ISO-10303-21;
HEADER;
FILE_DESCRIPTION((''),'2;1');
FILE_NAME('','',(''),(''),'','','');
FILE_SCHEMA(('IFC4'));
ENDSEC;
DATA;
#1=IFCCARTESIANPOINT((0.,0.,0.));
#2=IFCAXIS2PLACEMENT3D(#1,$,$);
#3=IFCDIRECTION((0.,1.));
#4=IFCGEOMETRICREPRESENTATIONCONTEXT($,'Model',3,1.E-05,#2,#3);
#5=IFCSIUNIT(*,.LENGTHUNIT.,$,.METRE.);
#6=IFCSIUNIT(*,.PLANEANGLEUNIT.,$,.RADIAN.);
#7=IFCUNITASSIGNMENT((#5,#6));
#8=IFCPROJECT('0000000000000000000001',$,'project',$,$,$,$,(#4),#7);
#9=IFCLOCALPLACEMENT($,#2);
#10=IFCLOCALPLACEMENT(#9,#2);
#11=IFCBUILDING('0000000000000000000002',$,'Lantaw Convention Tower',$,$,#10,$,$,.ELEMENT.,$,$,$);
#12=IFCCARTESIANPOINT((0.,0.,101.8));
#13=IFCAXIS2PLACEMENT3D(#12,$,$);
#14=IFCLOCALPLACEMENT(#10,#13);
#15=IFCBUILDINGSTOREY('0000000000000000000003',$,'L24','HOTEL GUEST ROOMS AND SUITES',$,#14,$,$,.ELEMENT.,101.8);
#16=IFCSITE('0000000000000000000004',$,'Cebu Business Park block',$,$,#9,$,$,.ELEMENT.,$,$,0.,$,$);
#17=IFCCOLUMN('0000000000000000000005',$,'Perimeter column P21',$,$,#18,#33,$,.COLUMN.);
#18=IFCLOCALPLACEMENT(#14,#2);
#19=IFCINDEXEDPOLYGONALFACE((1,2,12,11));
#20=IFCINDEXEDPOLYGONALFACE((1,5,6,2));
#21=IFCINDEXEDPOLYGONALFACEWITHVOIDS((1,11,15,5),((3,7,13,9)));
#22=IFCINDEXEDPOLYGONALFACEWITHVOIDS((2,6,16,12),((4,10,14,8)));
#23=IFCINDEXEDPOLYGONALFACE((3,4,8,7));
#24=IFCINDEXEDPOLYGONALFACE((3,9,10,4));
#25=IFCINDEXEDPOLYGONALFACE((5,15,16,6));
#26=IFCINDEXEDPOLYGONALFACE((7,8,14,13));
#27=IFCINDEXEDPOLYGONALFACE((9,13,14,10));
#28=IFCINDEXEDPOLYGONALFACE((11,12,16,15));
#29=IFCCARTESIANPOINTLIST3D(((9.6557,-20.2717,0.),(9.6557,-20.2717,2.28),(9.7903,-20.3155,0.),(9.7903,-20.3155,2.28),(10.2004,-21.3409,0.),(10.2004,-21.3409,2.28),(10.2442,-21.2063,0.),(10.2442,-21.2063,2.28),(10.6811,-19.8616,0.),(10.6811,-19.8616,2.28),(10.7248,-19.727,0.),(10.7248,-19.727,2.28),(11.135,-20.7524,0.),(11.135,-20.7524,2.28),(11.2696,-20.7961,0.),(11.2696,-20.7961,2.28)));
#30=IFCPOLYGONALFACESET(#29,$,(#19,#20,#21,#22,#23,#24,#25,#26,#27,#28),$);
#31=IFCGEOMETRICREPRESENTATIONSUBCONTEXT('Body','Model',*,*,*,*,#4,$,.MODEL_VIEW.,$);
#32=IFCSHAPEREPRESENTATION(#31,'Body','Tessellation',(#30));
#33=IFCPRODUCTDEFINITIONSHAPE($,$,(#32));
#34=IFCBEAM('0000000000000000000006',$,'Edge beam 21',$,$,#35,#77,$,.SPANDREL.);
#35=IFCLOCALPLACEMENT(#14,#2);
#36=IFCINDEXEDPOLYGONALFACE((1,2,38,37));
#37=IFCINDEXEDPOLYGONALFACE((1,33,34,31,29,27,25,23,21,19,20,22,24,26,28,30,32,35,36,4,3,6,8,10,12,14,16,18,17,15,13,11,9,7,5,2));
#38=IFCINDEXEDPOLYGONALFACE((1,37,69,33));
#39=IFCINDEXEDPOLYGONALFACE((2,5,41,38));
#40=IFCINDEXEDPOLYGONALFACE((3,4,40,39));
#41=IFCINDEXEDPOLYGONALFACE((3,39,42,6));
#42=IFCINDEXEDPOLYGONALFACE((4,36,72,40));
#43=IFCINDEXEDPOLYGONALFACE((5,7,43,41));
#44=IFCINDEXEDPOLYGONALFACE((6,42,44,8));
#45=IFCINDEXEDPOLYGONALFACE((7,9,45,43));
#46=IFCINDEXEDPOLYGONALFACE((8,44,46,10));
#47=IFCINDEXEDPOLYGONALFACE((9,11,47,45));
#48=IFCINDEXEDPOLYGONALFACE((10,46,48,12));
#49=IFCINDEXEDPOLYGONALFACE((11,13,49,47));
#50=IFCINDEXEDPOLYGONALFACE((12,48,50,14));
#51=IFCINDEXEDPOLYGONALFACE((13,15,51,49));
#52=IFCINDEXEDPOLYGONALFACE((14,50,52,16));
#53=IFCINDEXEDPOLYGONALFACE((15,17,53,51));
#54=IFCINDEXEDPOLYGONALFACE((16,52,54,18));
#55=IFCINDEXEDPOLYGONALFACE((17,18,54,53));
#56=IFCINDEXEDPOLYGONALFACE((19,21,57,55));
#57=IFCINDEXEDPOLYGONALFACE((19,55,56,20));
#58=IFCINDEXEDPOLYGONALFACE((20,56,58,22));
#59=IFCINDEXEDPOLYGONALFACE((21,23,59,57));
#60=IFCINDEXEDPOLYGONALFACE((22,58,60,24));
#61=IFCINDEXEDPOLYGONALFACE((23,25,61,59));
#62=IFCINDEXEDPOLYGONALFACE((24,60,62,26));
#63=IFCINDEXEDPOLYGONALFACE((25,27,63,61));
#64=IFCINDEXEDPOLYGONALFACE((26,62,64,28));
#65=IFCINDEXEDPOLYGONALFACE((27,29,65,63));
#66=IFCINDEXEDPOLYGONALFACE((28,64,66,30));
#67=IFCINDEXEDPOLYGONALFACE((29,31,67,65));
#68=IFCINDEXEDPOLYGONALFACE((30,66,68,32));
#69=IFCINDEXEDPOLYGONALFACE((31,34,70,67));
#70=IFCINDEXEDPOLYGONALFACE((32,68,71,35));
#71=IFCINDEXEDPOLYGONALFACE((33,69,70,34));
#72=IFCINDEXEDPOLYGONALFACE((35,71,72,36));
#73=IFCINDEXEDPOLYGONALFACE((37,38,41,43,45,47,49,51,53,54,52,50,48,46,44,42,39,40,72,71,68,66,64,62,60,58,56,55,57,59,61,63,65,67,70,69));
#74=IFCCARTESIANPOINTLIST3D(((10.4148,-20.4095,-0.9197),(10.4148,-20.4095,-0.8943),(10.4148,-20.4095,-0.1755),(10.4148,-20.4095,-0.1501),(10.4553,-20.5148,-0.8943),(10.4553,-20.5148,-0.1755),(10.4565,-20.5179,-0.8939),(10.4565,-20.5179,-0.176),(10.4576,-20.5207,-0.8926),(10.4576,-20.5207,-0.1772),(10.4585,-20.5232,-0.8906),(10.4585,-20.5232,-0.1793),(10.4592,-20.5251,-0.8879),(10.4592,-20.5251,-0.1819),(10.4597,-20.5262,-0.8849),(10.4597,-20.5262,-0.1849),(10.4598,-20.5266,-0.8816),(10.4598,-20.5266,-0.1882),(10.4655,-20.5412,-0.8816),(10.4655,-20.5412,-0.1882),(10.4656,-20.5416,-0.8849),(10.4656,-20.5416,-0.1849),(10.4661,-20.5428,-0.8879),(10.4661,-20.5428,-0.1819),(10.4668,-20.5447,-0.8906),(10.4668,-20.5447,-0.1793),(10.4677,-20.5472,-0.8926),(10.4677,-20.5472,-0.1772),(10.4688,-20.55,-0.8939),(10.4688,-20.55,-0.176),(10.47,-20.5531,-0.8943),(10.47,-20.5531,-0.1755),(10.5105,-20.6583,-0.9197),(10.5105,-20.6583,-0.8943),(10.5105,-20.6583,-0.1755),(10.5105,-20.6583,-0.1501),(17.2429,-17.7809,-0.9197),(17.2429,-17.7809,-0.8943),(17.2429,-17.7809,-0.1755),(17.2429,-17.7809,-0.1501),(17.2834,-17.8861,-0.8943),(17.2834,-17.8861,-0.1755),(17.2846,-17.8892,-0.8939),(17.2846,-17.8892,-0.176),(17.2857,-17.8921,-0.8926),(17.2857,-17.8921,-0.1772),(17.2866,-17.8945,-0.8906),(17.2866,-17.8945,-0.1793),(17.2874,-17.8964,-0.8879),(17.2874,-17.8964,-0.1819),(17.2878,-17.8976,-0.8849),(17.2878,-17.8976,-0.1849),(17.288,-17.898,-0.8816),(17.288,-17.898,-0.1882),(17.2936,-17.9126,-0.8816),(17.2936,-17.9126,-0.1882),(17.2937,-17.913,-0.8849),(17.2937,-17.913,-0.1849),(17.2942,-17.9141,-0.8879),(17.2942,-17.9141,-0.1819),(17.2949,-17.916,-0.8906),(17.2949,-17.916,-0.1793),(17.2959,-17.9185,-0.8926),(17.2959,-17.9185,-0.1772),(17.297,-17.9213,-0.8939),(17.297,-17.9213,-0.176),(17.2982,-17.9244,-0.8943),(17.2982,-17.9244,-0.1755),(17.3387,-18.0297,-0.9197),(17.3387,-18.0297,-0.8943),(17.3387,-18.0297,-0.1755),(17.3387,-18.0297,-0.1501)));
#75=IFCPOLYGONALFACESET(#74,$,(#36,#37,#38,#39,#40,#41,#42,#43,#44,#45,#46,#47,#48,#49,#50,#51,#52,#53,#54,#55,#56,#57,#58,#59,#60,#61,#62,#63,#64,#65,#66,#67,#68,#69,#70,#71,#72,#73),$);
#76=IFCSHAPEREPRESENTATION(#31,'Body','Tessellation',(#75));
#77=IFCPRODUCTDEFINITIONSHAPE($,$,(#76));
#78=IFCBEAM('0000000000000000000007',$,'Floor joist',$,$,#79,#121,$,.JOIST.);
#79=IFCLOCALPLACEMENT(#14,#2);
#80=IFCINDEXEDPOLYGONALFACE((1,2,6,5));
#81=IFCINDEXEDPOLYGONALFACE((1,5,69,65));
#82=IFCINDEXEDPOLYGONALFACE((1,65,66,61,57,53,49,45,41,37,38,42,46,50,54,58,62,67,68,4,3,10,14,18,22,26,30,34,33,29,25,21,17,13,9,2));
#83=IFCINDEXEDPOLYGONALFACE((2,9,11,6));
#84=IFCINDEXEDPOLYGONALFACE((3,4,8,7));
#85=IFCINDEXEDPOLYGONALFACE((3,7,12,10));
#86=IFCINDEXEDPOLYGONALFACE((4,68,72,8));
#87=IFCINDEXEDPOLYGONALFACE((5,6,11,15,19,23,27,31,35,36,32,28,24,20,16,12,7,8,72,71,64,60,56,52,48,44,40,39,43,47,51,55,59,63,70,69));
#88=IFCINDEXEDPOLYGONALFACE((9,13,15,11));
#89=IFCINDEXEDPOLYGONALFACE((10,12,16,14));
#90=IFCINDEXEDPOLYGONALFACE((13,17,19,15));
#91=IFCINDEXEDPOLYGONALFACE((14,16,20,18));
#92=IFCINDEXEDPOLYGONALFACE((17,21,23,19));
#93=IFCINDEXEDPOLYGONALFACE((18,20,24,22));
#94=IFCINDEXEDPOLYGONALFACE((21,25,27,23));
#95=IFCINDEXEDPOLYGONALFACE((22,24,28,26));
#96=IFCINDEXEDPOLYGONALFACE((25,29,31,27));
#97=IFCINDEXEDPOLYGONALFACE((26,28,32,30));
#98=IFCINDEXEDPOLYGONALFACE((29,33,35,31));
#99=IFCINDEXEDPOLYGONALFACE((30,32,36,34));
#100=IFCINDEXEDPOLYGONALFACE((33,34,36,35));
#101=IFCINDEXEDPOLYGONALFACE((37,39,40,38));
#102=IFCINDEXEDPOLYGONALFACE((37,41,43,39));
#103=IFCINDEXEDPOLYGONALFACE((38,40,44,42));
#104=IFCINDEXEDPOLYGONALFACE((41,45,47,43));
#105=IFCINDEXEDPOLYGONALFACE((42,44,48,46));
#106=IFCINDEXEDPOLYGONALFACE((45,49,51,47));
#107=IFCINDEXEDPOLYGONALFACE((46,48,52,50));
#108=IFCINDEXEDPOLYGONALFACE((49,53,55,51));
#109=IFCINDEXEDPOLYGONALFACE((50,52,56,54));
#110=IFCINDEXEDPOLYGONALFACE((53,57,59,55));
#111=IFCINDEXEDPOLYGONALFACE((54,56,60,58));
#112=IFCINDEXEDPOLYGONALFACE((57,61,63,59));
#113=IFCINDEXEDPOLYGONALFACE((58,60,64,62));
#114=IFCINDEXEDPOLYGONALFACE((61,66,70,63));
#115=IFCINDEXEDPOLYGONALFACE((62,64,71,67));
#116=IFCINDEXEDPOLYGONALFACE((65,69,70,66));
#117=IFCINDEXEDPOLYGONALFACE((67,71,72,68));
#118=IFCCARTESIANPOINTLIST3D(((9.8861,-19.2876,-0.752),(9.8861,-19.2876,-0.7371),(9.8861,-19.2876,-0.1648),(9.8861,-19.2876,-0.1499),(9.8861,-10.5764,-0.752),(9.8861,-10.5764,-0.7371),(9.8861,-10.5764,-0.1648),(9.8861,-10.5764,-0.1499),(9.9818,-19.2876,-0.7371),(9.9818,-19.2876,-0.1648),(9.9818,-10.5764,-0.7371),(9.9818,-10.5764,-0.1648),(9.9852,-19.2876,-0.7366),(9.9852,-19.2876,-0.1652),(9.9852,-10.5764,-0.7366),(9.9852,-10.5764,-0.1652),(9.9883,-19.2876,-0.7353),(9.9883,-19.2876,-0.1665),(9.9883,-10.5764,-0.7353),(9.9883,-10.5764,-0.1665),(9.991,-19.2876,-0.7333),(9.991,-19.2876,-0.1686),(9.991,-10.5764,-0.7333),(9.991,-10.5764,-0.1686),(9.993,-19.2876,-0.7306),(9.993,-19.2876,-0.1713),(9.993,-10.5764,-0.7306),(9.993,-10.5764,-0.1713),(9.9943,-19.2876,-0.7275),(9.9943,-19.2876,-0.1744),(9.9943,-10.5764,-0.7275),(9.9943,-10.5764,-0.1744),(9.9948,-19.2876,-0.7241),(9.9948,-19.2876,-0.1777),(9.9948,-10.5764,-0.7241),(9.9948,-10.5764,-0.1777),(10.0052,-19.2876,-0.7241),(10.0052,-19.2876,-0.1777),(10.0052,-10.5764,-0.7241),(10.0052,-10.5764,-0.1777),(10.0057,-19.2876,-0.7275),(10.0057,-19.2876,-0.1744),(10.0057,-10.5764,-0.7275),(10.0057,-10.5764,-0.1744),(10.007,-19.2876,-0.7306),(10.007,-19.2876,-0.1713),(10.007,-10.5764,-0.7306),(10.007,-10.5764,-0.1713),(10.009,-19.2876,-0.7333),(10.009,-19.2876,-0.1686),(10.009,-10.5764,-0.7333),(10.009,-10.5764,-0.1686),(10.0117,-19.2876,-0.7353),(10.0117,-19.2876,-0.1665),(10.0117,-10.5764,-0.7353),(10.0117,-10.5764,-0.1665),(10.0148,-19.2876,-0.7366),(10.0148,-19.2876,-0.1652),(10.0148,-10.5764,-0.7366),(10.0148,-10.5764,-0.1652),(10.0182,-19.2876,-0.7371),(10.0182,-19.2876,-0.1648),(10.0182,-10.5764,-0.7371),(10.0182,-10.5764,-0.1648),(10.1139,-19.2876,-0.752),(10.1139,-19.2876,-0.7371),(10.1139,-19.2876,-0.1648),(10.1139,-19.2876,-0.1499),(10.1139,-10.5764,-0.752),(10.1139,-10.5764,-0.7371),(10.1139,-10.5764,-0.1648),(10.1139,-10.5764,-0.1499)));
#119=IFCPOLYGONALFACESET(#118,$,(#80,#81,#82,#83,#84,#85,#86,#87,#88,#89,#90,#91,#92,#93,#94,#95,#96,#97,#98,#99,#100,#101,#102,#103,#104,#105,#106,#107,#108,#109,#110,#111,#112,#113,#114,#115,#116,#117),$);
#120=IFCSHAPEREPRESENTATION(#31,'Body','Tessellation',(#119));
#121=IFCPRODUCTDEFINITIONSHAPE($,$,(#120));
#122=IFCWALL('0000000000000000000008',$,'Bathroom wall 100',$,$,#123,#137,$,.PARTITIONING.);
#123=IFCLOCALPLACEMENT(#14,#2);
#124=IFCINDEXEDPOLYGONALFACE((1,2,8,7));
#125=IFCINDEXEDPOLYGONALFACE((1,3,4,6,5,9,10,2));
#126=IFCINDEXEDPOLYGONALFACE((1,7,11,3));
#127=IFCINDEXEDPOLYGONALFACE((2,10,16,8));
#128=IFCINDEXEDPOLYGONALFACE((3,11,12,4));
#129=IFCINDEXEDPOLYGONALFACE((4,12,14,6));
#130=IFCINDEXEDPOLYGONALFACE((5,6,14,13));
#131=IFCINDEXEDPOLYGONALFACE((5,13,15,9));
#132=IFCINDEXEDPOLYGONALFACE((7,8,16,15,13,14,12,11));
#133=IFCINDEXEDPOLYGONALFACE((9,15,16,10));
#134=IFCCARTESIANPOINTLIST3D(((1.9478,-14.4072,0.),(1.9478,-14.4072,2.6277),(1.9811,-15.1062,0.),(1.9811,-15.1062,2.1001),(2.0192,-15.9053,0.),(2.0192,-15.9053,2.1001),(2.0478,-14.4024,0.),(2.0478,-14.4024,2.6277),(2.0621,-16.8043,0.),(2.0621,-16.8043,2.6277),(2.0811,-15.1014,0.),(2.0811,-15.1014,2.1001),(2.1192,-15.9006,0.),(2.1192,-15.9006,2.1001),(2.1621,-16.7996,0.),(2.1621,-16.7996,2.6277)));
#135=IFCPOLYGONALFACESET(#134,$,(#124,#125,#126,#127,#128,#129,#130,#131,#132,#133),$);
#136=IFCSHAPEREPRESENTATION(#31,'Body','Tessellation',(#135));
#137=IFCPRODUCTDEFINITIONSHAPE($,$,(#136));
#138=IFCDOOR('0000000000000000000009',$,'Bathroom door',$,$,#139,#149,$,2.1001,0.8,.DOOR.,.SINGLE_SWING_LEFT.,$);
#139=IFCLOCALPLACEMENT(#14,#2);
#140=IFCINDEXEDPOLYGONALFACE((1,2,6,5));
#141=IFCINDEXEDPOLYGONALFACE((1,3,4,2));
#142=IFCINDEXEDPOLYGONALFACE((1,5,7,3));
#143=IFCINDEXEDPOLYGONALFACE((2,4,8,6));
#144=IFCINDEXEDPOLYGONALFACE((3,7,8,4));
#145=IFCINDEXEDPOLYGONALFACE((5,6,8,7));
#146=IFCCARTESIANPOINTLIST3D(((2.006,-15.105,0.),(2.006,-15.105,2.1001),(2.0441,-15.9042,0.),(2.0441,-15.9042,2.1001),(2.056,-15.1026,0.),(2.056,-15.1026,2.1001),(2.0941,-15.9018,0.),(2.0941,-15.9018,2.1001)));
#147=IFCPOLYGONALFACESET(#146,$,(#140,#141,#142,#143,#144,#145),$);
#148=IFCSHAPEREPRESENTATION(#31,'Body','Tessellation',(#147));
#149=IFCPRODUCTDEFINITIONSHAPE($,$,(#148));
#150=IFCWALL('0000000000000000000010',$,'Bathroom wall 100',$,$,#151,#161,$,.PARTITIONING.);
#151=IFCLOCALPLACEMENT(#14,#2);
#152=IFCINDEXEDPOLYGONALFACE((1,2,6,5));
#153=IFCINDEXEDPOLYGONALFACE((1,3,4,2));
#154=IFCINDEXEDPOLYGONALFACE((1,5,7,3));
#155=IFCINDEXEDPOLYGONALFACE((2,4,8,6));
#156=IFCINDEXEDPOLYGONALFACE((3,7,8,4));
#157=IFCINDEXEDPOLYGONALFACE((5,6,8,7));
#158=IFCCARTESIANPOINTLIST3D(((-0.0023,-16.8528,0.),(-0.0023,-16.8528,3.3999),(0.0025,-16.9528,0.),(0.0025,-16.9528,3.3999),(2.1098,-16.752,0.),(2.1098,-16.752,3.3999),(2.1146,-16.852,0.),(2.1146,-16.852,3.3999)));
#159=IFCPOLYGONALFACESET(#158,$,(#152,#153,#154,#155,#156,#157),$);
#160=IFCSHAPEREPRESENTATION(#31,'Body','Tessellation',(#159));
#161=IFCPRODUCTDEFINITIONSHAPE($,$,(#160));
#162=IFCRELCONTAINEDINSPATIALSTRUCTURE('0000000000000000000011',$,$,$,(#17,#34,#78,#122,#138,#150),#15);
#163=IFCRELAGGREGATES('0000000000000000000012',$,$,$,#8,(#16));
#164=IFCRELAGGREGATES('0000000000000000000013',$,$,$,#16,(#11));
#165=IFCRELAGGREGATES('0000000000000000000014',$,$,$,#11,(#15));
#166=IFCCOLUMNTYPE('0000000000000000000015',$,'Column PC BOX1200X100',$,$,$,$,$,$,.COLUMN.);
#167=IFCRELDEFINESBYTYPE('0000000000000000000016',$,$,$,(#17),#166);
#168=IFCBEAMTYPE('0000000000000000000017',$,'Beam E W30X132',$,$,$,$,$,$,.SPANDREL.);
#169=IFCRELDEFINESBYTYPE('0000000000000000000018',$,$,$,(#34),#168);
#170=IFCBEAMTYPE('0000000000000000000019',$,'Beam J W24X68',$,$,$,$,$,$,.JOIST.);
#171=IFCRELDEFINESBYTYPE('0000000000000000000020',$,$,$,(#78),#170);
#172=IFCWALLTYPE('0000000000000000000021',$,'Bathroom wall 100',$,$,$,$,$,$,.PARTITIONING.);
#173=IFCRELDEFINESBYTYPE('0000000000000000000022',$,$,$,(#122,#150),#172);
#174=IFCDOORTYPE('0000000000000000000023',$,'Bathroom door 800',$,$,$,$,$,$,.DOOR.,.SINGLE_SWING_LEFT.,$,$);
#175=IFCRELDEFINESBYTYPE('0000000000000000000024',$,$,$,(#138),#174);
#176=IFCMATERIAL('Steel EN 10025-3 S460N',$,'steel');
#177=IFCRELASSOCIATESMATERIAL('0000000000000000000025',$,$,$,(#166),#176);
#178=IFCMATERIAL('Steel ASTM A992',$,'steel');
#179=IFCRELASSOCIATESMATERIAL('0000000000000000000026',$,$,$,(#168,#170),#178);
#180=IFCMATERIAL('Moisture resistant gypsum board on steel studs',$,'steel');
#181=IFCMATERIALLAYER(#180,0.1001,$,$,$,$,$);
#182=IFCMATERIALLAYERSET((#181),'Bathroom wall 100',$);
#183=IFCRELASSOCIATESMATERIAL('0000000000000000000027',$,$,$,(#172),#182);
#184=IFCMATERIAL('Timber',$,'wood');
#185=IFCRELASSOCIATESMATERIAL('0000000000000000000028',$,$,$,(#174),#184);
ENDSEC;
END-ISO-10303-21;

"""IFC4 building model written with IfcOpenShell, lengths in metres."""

from ifc_helpers import new_model, si_unit, direction, frame, frame_2d, origin, origin_2d, place, context, subcontext, project, spatial, rectangle, hollow_rectangle, i_section, extrude, material, layer, layer_set, material_profile, profile_set, type_object, element, fill, save


model = new_model("IFC4")

# Units and contexts
model_context = context("Model", 3, precision=1e-05, world=origin(), true_north=direction((0.0, 1.0)))
body_context = subcontext(model_context, "Body", "Model", "MODEL_VIEW")
ifc_project = project(units=[si_unit("LENGTHUNIT", "METRE"), si_unit("PLANEANGLEUNIT", "RADIAN")], contexts=[model_context])

# Site, building, storey
site_placement = place(None, origin())
site = spatial("IfcSite", under=ifc_project, at=site_placement, Name="Cebu Business Park block", CompositionType="ELEMENT", RefElevation=0.0)
building_placement = place(site_placement, origin())
building = spatial("IfcBuilding", under=site, at=building_placement, Name="Lantaw Convention Tower", CompositionType="ELEMENT")
storey_placement = place(building_placement, frame((0.0, 0.0, 101.8)))
storey = spatial("IfcBuildingStorey", under=building, at=storey_placement, Name="L24", Description="HOTEL GUEST ROOMS AND SUITES", CompositionType="ELEMENT", Elevation=101.8)

# Column
ifc_material_1 = material(Name="Steel EN 10025-3 S460N", Category="steel")
ifc_material_profile_1 = material_profile(ifc_material_1, hollow_rectangle(XDim=1.2, YDim=1.2, WallThickness=0.1001, at=origin_2d()), Name="BOX1200X100")
ifc_material_2 = material(Name="Concrete C60/75", Category="concrete")
ifc_material_profile_2 = material_profile(ifc_material_2, rectangle(XDim=1.0, YDim=1.0, at=origin_2d()), Name="Concrete fill of BOX1200X100")
ifc_profile_set_1 = profile_set([ifc_material_profile_1, ifc_material_profile_2], Name="Steel EN 10025-3 S460N")
column_type = type_object("IfcColumnType", Name="Column PC BOX1200X100", PredefinedType="COLUMN", material=ifc_profile_set_1)
column_placement = place(storey_placement, frame((10.4626, -20.5339, 0.0), z_axis=(0.0, 0.0, 1.0), x_axis=(0.891007, 0.45399, 0.0)))
element("IfcColumn", 1, at=column_placement, inside=storey, type_object=column_type, Name="Perimeter column P21", PredefinedType="COLUMN", context=body_context, shape_type="SweptSolid", body=[
    extrude(hollow_rectangle(XDim=1.2, YDim=1.2, WallThickness=0.1001, at=origin_2d()), origin(), (0.0, 0.0, 1.0), 2.28),
])

# Beams
ifc_material_3 = material(Name="Steel ASTM A992", Category="steel")
ifc_material_profile_3 = material_profile(ifc_material_3, i_section(OverallWidth=0.2666, OverallDepth=0.7695, WebThickness=0.0156, FlangeThickness=0.0254, FilletRadius=0.0127, at=origin_2d()), Name="W30X132")
ifc_profile_set_2 = profile_set([ifc_material_profile_3], Name="Steel ASTM A992")
beam_type_1 = type_object("IfcBeamType", Name="Beam E W30X132", PredefinedType="SPANDREL", material=ifc_profile_set_2)
beam_1_placement = place(storey_placement, frame((10.4626, -20.5339, -0.5349), z_axis=(0.933233, 0.359272, 0.0), x_axis=(-0.359272, 0.933233, 0.0)))
element("IfcBeam", 2, at=beam_1_placement, inside=storey, type_object=beam_type_1, Name="Edge beam 21", PredefinedType="SPANDREL", context=body_context, shape_type="SweptSolid", body=[
    extrude(i_section(OverallWidth=0.2666, OverallDepth=0.7695, WebThickness=0.0156, FlangeThickness=0.0254, FilletRadius=0.0127, at=origin_2d()), origin(), (0.0, 0.0, 1.0), 7.3167),
])
ifc_material_profile_4 = material_profile(ifc_material_3, i_section(OverallWidth=0.2278, OverallDepth=0.6021, WebThickness=0.0105, FlangeThickness=0.0149, FilletRadius=0.0129, at=origin_2d()), Name="W24X68")
ifc_profile_set_3 = profile_set([ifc_material_profile_4], Name="Steel ASTM A992")
beam_type_2 = type_object("IfcBeamType", Name="Beam J W24X68", PredefinedType="JOIST", material=ifc_profile_set_3)
beam_2_placement = place(storey_placement, frame((10.0, -19.2876, -0.4509), z_axis=(0.0, 1.0, 0.0), x_axis=(-1.0, 0.0, 0.0)))
element("IfcBeam", 3, at=beam_2_placement, inside=storey, type_object=beam_type_2, Name="Floor joist", PredefinedType="JOIST", context=body_context, shape_type="SweptSolid", body=[
    extrude(i_section(OverallWidth=0.2278, OverallDepth=0.6021, WebThickness=0.0105, FlangeThickness=0.0149, FilletRadius=0.0129, at=origin_2d()), origin(), (0.0, 0.0, 1.0), 8.7112),
])

# Wall, opening, door
ifc_material_4 = material(Name="Moisture resistant gypsum board on steel studs", Category="steel")
ifc_layer_1 = layer(ifc_material_4, 0.1001)
ifc_layer_set_1 = layer_set([ifc_layer_1], Name="Bathroom wall 100")
wall_type_1 = type_object("IfcWallType", Name="Bathroom wall 100", PredefinedType="PARTITIONING", material=ifc_layer_set_1)
wall_1_placement = place(storey_placement, frame((1.9978, -14.4048, 0.0), z_axis=(0.0, 0.0, 1.0), x_axis=(0.047609, -0.998866, 0.0)))
wall_1 = element("IfcWall", 4, at=wall_1_placement, inside=storey, type_object=wall_type_1, Name="Bathroom wall 100", PredefinedType="PARTITIONING", context=body_context, shape_type="SweptSolid", body=[
    extrude(rectangle(XDim=2.3999, YDim=0.1001, at=frame_2d((1.2, 0.0))), origin(), (0.0, 0.0, 1.0), 2.6277),
])
opening_1_placement = place(wall_1_placement, frame((0.7, 0.0, 0.0)))
opening_1 = element("IfcOpeningElement", 5, at=opening_1_placement, cuts=wall_1, PredefinedType="OPENING", context=body_context, shape_type="SweptSolid", body=[
    extrude(rectangle(XDim=0.8, YDim=2.1001, at=frame_2d((0.3999, 1.05))), frame((0.0, 0.0601, 0.0), z_axis=(0.0, -1.0, 0.0), x_axis=(1.0, 0.0, 0.0)), (0.0, 0.0, 1.0), 0.1201),
])
ifc_material_5 = material(Name="Timber", Category="wood")
door_type_1 = type_object("IfcDoorType", Name="Bathroom door 800", OperationType="SINGLE_SWING_LEFT", PredefinedType="DOOR", material=ifc_material_5)
door_1_placement = place(opening_1_placement, origin())
door_1 = element("IfcDoor", 6, at=door_1_placement, inside=storey, type_object=door_type_1, Name="Bathroom door", OperationType="SINGLE_SWING_LEFT", OverallHeight=2.1001, OverallWidth=0.8, PredefinedType="DOOR", context=body_context, shape_type="SweptSolid", body=[
    extrude(rectangle(XDim=0.8, YDim=2.1001, at=frame_2d((0.3999, 1.05))), frame((0.0, 0.0249, 0.0), z_axis=(0.0, -1.0, 0.0), x_axis=(1.0, 0.0, 0.0)), (0.0, 0.0, 1.0), 0.05),
])
fill(opening_1, door_1)

# Wall
wall_2_placement = place(storey_placement, frame((2.1121, -16.802, 0.0), z_axis=(0.0, 0.0, 1.0), x_axis=(-0.998862, -0.047686, 0.0)))
element("IfcWall", 7, at=wall_2_placement, inside=storey, type_object=wall_type_1, Name="Bathroom wall 100", PredefinedType="PARTITIONING", context=body_context, shape_type="SweptSolid", body=[
    extrude(rectangle(XDim=2.1145, YDim=0.1001, at=frame_2d((1.0571, 0.0))), origin(), (0.0, 0.0, 1.0), 3.3999),
])

save(model, "model.ifc")
